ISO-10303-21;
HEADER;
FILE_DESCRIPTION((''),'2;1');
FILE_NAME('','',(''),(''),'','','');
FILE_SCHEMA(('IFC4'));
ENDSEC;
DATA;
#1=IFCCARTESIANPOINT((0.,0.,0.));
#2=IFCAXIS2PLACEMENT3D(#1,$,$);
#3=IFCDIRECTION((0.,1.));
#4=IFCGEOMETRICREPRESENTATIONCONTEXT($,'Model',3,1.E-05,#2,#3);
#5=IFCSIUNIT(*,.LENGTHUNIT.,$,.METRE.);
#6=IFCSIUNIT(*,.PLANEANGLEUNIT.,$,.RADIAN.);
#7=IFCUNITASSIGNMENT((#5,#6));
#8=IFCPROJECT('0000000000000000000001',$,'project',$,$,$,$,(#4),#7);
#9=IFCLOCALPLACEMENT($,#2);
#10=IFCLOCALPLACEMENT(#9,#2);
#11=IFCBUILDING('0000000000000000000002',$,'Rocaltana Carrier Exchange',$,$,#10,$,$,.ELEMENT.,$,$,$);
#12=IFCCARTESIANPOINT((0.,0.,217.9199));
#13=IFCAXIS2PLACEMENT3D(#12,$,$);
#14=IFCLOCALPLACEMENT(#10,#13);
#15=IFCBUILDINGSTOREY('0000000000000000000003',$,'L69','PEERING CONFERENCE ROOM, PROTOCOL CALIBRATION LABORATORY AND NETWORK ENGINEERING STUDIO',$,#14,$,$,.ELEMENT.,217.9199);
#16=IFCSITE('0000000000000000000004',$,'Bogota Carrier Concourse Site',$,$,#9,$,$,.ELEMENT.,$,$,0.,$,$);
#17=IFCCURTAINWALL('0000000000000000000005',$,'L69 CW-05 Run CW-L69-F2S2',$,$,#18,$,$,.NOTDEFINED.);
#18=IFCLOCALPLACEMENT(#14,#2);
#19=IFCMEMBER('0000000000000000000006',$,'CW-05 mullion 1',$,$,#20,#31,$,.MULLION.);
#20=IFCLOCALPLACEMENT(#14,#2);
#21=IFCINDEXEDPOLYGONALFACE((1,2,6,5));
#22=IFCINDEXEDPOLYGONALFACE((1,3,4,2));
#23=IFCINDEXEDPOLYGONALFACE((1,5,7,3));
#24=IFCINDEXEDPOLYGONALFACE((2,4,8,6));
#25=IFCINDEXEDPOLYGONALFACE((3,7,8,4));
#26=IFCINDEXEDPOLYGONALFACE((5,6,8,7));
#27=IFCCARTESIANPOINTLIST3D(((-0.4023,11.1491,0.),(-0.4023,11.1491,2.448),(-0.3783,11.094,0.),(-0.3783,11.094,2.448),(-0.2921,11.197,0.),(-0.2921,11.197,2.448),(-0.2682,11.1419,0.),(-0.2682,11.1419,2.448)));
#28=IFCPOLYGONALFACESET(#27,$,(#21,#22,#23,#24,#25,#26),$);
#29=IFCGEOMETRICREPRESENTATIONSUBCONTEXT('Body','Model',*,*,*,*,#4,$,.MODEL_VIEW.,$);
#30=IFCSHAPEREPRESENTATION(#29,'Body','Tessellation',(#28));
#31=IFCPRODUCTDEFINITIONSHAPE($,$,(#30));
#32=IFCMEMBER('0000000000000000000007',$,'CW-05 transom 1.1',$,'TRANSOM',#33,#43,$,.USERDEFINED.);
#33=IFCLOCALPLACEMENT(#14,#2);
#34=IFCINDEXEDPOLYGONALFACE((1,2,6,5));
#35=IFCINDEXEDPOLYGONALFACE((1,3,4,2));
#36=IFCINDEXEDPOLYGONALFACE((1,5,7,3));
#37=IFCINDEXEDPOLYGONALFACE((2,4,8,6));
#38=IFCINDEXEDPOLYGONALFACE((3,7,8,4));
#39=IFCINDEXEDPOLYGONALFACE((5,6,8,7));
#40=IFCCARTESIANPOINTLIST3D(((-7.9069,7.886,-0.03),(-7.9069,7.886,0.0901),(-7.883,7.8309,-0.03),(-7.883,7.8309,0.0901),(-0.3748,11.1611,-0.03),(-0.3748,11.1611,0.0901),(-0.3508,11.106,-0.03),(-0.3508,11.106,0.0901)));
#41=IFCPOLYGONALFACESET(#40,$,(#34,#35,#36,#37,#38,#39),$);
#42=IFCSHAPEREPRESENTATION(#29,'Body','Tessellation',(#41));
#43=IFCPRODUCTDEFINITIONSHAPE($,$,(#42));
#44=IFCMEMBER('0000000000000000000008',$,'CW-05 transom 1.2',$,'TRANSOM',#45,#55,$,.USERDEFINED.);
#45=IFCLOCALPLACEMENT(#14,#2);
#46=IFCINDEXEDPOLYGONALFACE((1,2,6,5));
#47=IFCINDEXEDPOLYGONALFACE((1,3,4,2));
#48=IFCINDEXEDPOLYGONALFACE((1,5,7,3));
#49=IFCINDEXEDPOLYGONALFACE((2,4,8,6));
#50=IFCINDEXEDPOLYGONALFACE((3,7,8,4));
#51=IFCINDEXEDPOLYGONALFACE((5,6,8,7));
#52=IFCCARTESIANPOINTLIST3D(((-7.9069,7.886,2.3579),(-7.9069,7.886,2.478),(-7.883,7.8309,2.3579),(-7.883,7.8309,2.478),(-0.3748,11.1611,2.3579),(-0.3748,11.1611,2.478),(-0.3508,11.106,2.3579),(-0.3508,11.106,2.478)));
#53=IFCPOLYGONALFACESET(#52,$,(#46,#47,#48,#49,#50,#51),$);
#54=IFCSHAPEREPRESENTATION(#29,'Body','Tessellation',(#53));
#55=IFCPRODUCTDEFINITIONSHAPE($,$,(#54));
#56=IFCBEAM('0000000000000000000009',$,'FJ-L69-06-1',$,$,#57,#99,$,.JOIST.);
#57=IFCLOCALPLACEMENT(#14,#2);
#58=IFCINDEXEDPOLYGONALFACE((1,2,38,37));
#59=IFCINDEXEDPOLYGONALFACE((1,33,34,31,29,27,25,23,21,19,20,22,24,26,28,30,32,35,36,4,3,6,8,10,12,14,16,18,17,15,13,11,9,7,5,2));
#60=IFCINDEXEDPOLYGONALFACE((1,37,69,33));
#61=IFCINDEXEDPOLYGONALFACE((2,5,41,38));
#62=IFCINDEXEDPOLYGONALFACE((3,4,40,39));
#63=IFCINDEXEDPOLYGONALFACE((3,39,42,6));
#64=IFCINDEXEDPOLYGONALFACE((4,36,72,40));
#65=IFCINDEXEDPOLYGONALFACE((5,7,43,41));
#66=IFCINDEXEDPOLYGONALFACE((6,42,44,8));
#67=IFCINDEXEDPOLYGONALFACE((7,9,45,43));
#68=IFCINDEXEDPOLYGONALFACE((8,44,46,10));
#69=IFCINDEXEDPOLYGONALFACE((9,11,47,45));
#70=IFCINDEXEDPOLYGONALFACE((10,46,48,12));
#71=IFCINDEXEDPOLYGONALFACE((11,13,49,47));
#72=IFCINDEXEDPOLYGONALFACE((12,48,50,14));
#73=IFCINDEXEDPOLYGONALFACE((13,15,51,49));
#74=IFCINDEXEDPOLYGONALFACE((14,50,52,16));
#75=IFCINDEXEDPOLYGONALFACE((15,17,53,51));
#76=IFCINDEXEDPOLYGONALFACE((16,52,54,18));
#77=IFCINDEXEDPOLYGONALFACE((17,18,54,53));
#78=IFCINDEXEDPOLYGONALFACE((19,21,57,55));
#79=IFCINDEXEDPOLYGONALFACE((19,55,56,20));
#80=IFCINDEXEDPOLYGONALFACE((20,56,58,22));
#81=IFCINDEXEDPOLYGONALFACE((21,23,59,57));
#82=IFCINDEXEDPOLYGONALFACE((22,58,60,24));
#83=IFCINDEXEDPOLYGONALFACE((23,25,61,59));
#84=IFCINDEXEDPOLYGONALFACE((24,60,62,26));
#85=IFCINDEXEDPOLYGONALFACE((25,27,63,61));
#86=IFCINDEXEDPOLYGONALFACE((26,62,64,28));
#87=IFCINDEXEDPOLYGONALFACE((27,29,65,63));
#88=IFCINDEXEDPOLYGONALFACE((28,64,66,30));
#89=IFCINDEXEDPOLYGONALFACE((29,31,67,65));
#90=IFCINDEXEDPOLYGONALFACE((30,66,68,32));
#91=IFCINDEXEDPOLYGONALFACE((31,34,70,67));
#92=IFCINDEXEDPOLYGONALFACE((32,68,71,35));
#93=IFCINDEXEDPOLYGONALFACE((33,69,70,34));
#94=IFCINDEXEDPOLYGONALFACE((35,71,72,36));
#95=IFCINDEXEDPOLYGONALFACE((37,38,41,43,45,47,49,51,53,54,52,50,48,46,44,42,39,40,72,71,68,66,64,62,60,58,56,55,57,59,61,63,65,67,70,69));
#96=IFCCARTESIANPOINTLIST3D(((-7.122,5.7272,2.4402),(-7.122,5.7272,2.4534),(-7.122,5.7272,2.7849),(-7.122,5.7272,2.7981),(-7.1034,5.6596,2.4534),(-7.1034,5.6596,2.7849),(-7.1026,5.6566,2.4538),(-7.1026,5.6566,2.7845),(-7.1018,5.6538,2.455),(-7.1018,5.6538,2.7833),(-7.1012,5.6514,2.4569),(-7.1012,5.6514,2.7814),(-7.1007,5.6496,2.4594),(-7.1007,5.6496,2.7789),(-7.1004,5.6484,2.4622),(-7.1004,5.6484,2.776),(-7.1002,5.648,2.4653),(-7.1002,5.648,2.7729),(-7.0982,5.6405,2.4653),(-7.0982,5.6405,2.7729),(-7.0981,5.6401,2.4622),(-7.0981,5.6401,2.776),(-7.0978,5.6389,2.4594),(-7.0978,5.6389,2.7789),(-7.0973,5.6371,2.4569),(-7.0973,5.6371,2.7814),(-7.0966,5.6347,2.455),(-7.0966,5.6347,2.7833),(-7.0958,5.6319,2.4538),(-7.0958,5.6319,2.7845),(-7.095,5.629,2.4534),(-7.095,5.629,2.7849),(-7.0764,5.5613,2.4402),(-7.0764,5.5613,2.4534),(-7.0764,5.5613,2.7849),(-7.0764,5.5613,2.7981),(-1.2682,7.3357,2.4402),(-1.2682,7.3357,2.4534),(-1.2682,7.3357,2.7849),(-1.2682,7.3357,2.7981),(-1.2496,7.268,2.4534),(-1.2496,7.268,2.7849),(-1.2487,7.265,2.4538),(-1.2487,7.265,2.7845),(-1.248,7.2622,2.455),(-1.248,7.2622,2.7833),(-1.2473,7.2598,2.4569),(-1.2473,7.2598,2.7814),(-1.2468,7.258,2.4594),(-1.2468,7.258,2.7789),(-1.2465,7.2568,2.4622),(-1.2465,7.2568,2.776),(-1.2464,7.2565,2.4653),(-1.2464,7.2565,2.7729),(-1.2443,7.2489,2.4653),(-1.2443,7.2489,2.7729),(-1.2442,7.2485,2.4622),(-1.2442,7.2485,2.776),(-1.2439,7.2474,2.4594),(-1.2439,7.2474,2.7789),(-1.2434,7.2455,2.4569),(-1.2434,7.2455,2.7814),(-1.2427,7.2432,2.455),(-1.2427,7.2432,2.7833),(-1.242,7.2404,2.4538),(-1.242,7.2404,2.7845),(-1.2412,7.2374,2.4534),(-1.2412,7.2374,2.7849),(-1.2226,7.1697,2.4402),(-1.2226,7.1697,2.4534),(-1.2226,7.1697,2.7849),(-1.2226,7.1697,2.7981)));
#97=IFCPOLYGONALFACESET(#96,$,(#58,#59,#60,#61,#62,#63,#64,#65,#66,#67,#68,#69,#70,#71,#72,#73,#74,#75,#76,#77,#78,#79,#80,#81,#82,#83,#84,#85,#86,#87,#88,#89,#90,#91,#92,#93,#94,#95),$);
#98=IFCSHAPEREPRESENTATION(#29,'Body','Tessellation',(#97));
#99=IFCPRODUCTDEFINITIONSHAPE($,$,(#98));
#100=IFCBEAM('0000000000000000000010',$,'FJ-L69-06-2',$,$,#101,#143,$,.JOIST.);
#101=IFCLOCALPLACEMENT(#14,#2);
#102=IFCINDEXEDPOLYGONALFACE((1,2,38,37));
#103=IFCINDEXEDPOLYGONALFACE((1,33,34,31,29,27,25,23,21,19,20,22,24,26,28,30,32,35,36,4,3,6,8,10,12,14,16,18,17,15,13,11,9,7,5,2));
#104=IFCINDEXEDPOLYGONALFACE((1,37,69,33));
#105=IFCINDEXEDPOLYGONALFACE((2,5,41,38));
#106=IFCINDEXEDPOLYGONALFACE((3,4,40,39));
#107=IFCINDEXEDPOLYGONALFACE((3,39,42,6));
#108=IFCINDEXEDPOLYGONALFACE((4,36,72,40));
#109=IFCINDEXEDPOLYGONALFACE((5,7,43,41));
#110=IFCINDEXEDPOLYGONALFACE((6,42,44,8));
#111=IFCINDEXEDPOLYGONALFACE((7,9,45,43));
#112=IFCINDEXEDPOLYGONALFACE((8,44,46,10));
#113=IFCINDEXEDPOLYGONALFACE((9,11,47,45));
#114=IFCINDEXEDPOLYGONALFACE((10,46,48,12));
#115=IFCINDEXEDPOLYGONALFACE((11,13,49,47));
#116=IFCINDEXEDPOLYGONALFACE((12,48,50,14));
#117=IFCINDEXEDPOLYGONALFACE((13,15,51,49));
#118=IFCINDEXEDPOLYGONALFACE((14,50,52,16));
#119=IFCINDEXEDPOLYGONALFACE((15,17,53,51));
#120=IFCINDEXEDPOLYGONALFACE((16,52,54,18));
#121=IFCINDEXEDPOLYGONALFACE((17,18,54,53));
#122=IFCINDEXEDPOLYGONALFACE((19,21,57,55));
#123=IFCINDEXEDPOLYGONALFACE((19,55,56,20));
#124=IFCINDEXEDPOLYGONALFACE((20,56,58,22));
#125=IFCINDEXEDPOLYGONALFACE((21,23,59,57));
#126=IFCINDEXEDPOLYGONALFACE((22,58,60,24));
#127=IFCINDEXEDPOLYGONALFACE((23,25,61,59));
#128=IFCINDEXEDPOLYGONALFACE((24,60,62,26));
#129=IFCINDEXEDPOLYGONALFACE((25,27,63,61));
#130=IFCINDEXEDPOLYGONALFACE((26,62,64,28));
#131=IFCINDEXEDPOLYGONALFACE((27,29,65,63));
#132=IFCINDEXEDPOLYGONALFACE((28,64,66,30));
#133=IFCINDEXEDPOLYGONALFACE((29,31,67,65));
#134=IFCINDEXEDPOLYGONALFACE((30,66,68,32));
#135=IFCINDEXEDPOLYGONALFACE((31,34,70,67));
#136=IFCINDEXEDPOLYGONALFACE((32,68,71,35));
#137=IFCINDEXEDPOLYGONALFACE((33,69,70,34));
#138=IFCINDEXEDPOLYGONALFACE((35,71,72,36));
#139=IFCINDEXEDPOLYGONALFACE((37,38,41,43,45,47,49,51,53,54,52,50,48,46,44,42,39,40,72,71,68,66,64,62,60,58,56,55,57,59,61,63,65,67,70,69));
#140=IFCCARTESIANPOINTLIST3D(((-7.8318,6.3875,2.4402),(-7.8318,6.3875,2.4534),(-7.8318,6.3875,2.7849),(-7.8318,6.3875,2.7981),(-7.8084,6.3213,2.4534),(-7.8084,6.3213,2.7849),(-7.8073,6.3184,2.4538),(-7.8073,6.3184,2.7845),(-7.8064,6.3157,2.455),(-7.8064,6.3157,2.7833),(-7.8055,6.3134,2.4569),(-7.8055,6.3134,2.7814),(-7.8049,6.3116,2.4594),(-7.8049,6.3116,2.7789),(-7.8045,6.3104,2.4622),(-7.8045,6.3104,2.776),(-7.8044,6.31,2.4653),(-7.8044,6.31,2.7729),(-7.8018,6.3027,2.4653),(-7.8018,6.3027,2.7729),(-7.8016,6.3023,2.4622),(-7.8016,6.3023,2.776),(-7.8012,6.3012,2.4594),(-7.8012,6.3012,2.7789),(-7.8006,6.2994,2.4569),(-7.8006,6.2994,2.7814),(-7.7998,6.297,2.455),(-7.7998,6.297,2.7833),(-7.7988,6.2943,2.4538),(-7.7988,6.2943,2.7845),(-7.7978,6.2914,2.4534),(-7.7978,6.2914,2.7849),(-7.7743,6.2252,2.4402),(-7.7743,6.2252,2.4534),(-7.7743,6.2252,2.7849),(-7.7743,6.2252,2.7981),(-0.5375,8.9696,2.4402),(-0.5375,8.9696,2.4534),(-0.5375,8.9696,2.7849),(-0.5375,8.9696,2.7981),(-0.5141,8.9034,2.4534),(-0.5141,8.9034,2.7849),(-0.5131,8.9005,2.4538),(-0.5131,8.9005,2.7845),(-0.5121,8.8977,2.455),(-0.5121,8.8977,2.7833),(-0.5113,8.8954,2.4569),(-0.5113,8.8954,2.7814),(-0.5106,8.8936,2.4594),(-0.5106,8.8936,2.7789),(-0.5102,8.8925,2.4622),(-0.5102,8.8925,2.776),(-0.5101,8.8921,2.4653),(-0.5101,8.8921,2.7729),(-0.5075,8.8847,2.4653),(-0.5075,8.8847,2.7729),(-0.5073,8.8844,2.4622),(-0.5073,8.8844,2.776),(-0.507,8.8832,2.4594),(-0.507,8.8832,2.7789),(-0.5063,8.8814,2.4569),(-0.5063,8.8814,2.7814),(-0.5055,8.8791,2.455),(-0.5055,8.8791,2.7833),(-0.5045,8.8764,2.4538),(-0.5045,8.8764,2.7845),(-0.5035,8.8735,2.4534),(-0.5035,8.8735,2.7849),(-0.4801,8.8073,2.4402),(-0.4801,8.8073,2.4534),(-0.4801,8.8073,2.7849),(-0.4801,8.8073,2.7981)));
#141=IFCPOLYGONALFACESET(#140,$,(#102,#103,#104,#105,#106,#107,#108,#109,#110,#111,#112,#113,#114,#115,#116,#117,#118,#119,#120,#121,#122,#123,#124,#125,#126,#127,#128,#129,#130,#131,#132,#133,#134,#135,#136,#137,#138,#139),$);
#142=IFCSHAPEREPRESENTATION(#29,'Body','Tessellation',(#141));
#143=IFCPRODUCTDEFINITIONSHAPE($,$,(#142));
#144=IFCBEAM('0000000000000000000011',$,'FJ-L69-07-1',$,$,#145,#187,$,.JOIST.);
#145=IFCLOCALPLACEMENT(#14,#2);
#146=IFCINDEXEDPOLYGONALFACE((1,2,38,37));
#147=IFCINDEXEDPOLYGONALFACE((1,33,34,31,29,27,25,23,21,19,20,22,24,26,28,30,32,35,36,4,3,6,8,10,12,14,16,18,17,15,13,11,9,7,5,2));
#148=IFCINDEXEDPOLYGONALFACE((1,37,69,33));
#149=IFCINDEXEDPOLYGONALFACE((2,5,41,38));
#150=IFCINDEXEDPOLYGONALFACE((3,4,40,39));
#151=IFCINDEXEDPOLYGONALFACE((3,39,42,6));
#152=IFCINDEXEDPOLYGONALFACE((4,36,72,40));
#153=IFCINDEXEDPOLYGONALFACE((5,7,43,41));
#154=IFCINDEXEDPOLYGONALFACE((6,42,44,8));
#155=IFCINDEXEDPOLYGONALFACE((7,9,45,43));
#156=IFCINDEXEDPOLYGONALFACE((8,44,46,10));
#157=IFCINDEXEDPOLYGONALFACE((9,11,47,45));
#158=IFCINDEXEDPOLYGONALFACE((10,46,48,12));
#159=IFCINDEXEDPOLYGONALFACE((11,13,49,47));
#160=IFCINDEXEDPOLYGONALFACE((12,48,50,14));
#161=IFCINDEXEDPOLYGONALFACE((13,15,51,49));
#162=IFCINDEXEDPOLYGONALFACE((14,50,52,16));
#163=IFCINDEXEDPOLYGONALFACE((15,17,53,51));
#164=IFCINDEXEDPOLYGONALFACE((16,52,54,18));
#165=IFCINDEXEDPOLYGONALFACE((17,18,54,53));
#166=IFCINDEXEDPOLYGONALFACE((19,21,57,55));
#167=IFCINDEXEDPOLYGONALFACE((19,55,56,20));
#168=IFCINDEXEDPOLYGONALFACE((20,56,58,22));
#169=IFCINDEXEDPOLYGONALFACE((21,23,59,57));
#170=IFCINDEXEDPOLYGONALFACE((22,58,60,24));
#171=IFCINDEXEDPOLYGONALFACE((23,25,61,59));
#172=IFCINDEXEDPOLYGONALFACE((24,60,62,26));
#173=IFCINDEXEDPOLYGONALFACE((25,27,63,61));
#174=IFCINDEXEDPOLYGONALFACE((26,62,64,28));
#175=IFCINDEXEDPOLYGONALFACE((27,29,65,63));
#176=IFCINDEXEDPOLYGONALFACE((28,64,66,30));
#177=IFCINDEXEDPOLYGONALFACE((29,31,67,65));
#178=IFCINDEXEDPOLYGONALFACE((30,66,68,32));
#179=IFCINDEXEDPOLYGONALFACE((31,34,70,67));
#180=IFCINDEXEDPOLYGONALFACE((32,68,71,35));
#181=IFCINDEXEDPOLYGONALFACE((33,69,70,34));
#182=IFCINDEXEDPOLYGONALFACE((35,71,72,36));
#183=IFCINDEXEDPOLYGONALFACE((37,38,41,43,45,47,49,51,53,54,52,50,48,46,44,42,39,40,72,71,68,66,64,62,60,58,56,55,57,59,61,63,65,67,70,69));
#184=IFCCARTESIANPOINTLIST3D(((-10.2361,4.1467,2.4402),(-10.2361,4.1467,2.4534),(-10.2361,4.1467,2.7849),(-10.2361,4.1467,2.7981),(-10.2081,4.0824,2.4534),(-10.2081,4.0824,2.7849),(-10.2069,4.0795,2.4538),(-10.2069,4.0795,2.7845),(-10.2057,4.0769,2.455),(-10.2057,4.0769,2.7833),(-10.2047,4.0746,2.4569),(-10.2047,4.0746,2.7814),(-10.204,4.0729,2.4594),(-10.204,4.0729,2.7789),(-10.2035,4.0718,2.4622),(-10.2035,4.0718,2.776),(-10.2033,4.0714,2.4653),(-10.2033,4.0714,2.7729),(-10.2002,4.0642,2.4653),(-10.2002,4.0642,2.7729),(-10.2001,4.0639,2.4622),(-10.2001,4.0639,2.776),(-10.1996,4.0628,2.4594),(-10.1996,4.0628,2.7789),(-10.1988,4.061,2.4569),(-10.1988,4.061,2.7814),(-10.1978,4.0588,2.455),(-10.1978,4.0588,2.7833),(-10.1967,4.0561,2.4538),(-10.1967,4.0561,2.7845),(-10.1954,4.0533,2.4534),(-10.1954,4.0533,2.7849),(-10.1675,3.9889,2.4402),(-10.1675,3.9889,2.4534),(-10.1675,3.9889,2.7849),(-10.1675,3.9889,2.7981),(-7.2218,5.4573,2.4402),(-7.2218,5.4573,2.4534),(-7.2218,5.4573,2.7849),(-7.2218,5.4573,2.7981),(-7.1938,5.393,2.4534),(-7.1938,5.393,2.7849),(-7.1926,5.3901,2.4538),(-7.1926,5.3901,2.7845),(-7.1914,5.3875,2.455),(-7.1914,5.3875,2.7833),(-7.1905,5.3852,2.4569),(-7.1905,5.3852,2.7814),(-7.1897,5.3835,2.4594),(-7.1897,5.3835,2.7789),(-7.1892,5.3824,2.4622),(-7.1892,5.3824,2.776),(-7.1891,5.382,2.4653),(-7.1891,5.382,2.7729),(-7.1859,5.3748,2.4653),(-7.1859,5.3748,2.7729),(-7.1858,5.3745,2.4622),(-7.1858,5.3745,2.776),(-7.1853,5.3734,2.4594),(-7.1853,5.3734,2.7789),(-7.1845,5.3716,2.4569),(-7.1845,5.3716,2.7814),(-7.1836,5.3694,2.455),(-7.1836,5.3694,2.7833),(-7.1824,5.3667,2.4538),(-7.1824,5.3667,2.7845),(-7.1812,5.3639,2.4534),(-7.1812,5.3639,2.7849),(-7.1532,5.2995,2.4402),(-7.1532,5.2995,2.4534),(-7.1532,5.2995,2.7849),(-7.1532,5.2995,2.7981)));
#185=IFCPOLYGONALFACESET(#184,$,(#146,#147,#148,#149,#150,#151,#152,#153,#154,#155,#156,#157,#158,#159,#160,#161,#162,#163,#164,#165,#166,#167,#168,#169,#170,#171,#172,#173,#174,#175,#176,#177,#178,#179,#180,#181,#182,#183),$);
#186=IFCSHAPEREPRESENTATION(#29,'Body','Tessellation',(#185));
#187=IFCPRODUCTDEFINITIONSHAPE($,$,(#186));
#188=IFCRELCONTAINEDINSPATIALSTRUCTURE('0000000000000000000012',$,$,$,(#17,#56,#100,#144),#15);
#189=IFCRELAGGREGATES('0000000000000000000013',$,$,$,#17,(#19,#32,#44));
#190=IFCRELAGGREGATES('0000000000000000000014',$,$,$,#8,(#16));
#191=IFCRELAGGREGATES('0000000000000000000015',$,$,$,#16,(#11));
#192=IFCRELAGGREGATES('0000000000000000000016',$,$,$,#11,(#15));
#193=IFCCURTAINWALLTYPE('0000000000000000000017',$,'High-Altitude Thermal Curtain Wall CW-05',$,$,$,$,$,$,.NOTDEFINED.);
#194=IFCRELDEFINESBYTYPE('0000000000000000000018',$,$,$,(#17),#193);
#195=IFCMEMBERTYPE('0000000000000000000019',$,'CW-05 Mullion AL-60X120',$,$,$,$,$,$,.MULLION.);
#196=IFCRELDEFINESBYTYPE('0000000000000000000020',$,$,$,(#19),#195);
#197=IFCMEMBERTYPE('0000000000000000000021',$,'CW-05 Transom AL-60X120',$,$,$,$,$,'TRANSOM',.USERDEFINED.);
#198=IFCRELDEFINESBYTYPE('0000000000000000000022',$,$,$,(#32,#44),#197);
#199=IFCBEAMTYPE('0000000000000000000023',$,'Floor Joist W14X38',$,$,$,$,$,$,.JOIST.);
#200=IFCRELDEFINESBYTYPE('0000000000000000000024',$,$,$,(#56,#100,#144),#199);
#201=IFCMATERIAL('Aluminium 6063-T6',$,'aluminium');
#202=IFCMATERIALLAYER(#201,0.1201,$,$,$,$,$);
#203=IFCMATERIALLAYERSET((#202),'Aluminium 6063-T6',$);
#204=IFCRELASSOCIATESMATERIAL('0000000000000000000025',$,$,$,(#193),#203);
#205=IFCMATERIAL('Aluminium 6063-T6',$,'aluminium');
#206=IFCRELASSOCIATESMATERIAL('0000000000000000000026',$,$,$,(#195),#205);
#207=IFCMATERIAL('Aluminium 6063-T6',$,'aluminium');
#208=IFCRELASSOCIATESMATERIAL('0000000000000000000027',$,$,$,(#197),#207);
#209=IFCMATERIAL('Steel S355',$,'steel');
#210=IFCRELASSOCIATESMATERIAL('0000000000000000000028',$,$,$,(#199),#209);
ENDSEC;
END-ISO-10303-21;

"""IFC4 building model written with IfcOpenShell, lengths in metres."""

from ifc_helpers import new_model, si_unit, direction, frame, origin, origin_2d, place, context, subcontext, project, spatial, rectangle, i_section, extrude, material, layer, layer_set, material_profile, profile_set, type_object, element, aggregate, save


model = new_model("IFC4")

# Units and contexts
model_context = context("Model", 3, precision=1e-05, world=origin(), true_north=direction((0.0, 1.0)))
body_context = subcontext(model_context, "Body", "Model", "MODEL_VIEW")
ifc_project = project(units=[si_unit("LENGTHUNIT", "METRE"), si_unit("PLANEANGLEUNIT", "RADIAN")], contexts=[model_context])

# Site, building, storey
site_placement = place(None, origin())
site = spatial("IfcSite", under=ifc_project, at=site_placement, Name="Bogota Carrier Concourse Site", CompositionType="ELEMENT", RefElevation=0.0)
building_placement = place(site_placement, origin())
building = spatial("IfcBuilding", under=site, at=building_placement, Name="Rocaltana Carrier Exchange", CompositionType="ELEMENT")
storey_placement = place(building_placement, frame((0.0, 0.0, 217.9199)))
storey = spatial("IfcBuildingStorey", under=building, at=storey_placement, Name="L69", Description="PEERING CONFERENCE ROOM, PROTOCOL CALIBRATION LABORATORY AND NETWORK ENGINEERING STUDIO", CompositionType="ELEMENT", Elevation=217.9199)

# Curtain wall, members
ifc_material_1 = material(Name="Aluminium 6063-T6", Category="aluminium")
ifc_layer_1 = layer(ifc_material_1, 0.1201)
ifc_layer_set_1 = layer_set([ifc_layer_1], Name="Aluminium 6063-T6")
curtain_wall_type = type_object("IfcCurtainWallType", Name="High-Altitude Thermal Curtain Wall CW-05", PredefinedType="NOTDEFINED", material=ifc_layer_set_1)
curtain_wall_placement = place(storey_placement, origin())
curtain_wall = element("IfcCurtainWall", 1, at=curtain_wall_placement, inside=storey, type_object=curtain_wall_type, Name="L69 CW-05 Run CW-L69-F2S2", PredefinedType="NOTDEFINED")
ifc_material_2 = material(Name="Aluminium 6063-T6", Category="aluminium")
ifc_material_profile_1 = material_profile(ifc_material_2, rectangle(XDim=0.0601, YDim=0.1201, at=origin_2d()), Name="AL-60X120")
ifc_profile_set_1 = profile_set([ifc_material_profile_1], Name="Aluminium 6063-T6")
member_type_1 = type_object("IfcMemberType", Name="CW-05 Mullion AL-60X120", PredefinedType="MULLION", material=ifc_profile_set_1)
member_1_placement = place(storey_placement, frame((-0.3352, 11.1455, 0.0), z_axis=(0.0, 0.0, 1.0), x_axis=(0.398752, -0.917059, 0.0)))
member_1 = element("IfcMember", 2, at=member_1_placement, type_object=member_type_1, Name="CW-05 mullion 1", PredefinedType="MULLION", context=body_context, shape_type="SweptSolid", body=[
    extrude(rectangle(XDim=0.0601, YDim=0.1201, at=origin_2d()), origin(), (0.0, 0.0, 1.0), 2.448),
])
ifc_material_3 = material(Name="Aluminium 6063-T6", Category="aluminium")
ifc_material_profile_2 = material_profile(ifc_material_3, rectangle(XDim=0.0601, YDim=0.1201, at=origin_2d()), Name="AL-60X120")
ifc_profile_set_2 = profile_set([ifc_material_profile_2], Name="Aluminium 6063-T6")
member_type_2 = type_object("IfcMemberType", Name="CW-05 Transom AL-60X120", ElementType="TRANSOM", PredefinedType="USERDEFINED", material=ifc_profile_set_2)
member_2_placement = place(storey_placement, frame((-0.3628, 11.1335, 0.03), z_axis=(-0.917058, -0.398753, 0.0), x_axis=(0.398753, -0.917058, 0.0)))
member_2 = element("IfcMember", 3, at=member_2_placement, type_object=member_type_2, Name="CW-05 transom 1.1", ObjectType="TRANSOM", PredefinedType="USERDEFINED", context=body_context, shape_type="SweptSolid", body=[
    extrude(rectangle(XDim=0.0601, YDim=0.1201, at=origin_2d()), origin(), (0.0, 0.0, 1.0), 8.2134),
])
member_3_placement = place(storey_placement, frame((-0.3628, 11.1335, 2.418), z_axis=(-0.917058, -0.398753, 0.0), x_axis=(0.398753, -0.917058, 0.0)))
member_3 = element("IfcMember", 4, at=member_3_placement, type_object=member_type_2, Name="CW-05 transom 1.2", ObjectType="TRANSOM", PredefinedType="USERDEFINED", context=body_context, shape_type="SweptSolid", body=[
    extrude(rectangle(XDim=0.0601, YDim=0.1201, at=origin_2d()), origin(), (0.0, 0.0, 1.0), 8.2134),
])

# Beams
ifc_material_4 = material(Name="Steel S355", Category="steel")
ifc_material_profile_3 = material_profile(ifc_material_4, i_section(OverallWidth=0.1721, OverallDepth=0.3579, WebThickness=0.0078, FlangeThickness=0.0132, FilletRadius=0.012, at=origin_2d()), Name="W14X38")
ifc_profile_set_3 = profile_set([ifc_material_profile_3], Name="Steel S355")
beam_type = type_object("IfcBeamType", Name="Floor Joist W14X38", PredefinedType="JOIST", material=ifc_profile_set_3)
beam_1_placement = place(storey_placement, frame((-1.2454, 7.2527, 2.6191), z_axis=(-0.964264, -0.264944, 0.0), x_axis=(0.264944, -0.964264, 0.0)))
element("IfcBeam", 5, at=beam_1_placement, inside=storey, type_object=beam_type, Name="FJ-L69-06-1", PredefinedType="JOIST", context=body_context, shape_type="SweptSolid", body=[
    extrude(i_section(OverallWidth=0.1721, OverallDepth=0.3579, WebThickness=0.0078, FlangeThickness=0.0132, FilletRadius=0.012, at=origin_2d()), origin(), (0.0, 0.0, 1.0), 6.0708),
])
beam_2_placement = place(storey_placement, frame((-0.5088, 8.8884, 2.6191), z_axis=(-0.942681, -0.333695, 0.0), x_axis=(0.333695, -0.942681, 0.0)))
element("IfcBeam", 6, at=beam_2_placement, inside=storey, type_object=beam_type, Name="FJ-L69-06-2", PredefinedType="JOIST", context=body_context, shape_type="SweptSolid", body=[
    extrude(i_section(OverallWidth=0.1721, OverallDepth=0.3579, WebThickness=0.0078, FlangeThickness=0.0132, FilletRadius=0.012, at=origin_2d()), origin(), (0.0, 0.0, 1.0), 7.7378),
])
beam_3_placement = place(storey_placement, frame((-7.1875, 5.3784, 2.6191), z_axis=(-0.917065, -0.398737, 0.0), x_axis=(0.398737, -0.917065, 0.0)))
element("IfcBeam", 7, at=beam_3_placement, inside=storey, type_object=beam_type, Name="FJ-L69-07-1", PredefinedType="JOIST", context=body_context, shape_type="SweptSolid", body=[
    extrude(i_section(OverallWidth=0.1721, OverallDepth=0.3579, WebThickness=0.0078, FlangeThickness=0.0132, FilletRadius=0.012, at=origin_2d()), origin(), (0.0, 0.0, 1.0), 3.2869),
])

aggregate(curtain_wall, [member_1, member_2, member_3])

save(model, "model.ifc")
